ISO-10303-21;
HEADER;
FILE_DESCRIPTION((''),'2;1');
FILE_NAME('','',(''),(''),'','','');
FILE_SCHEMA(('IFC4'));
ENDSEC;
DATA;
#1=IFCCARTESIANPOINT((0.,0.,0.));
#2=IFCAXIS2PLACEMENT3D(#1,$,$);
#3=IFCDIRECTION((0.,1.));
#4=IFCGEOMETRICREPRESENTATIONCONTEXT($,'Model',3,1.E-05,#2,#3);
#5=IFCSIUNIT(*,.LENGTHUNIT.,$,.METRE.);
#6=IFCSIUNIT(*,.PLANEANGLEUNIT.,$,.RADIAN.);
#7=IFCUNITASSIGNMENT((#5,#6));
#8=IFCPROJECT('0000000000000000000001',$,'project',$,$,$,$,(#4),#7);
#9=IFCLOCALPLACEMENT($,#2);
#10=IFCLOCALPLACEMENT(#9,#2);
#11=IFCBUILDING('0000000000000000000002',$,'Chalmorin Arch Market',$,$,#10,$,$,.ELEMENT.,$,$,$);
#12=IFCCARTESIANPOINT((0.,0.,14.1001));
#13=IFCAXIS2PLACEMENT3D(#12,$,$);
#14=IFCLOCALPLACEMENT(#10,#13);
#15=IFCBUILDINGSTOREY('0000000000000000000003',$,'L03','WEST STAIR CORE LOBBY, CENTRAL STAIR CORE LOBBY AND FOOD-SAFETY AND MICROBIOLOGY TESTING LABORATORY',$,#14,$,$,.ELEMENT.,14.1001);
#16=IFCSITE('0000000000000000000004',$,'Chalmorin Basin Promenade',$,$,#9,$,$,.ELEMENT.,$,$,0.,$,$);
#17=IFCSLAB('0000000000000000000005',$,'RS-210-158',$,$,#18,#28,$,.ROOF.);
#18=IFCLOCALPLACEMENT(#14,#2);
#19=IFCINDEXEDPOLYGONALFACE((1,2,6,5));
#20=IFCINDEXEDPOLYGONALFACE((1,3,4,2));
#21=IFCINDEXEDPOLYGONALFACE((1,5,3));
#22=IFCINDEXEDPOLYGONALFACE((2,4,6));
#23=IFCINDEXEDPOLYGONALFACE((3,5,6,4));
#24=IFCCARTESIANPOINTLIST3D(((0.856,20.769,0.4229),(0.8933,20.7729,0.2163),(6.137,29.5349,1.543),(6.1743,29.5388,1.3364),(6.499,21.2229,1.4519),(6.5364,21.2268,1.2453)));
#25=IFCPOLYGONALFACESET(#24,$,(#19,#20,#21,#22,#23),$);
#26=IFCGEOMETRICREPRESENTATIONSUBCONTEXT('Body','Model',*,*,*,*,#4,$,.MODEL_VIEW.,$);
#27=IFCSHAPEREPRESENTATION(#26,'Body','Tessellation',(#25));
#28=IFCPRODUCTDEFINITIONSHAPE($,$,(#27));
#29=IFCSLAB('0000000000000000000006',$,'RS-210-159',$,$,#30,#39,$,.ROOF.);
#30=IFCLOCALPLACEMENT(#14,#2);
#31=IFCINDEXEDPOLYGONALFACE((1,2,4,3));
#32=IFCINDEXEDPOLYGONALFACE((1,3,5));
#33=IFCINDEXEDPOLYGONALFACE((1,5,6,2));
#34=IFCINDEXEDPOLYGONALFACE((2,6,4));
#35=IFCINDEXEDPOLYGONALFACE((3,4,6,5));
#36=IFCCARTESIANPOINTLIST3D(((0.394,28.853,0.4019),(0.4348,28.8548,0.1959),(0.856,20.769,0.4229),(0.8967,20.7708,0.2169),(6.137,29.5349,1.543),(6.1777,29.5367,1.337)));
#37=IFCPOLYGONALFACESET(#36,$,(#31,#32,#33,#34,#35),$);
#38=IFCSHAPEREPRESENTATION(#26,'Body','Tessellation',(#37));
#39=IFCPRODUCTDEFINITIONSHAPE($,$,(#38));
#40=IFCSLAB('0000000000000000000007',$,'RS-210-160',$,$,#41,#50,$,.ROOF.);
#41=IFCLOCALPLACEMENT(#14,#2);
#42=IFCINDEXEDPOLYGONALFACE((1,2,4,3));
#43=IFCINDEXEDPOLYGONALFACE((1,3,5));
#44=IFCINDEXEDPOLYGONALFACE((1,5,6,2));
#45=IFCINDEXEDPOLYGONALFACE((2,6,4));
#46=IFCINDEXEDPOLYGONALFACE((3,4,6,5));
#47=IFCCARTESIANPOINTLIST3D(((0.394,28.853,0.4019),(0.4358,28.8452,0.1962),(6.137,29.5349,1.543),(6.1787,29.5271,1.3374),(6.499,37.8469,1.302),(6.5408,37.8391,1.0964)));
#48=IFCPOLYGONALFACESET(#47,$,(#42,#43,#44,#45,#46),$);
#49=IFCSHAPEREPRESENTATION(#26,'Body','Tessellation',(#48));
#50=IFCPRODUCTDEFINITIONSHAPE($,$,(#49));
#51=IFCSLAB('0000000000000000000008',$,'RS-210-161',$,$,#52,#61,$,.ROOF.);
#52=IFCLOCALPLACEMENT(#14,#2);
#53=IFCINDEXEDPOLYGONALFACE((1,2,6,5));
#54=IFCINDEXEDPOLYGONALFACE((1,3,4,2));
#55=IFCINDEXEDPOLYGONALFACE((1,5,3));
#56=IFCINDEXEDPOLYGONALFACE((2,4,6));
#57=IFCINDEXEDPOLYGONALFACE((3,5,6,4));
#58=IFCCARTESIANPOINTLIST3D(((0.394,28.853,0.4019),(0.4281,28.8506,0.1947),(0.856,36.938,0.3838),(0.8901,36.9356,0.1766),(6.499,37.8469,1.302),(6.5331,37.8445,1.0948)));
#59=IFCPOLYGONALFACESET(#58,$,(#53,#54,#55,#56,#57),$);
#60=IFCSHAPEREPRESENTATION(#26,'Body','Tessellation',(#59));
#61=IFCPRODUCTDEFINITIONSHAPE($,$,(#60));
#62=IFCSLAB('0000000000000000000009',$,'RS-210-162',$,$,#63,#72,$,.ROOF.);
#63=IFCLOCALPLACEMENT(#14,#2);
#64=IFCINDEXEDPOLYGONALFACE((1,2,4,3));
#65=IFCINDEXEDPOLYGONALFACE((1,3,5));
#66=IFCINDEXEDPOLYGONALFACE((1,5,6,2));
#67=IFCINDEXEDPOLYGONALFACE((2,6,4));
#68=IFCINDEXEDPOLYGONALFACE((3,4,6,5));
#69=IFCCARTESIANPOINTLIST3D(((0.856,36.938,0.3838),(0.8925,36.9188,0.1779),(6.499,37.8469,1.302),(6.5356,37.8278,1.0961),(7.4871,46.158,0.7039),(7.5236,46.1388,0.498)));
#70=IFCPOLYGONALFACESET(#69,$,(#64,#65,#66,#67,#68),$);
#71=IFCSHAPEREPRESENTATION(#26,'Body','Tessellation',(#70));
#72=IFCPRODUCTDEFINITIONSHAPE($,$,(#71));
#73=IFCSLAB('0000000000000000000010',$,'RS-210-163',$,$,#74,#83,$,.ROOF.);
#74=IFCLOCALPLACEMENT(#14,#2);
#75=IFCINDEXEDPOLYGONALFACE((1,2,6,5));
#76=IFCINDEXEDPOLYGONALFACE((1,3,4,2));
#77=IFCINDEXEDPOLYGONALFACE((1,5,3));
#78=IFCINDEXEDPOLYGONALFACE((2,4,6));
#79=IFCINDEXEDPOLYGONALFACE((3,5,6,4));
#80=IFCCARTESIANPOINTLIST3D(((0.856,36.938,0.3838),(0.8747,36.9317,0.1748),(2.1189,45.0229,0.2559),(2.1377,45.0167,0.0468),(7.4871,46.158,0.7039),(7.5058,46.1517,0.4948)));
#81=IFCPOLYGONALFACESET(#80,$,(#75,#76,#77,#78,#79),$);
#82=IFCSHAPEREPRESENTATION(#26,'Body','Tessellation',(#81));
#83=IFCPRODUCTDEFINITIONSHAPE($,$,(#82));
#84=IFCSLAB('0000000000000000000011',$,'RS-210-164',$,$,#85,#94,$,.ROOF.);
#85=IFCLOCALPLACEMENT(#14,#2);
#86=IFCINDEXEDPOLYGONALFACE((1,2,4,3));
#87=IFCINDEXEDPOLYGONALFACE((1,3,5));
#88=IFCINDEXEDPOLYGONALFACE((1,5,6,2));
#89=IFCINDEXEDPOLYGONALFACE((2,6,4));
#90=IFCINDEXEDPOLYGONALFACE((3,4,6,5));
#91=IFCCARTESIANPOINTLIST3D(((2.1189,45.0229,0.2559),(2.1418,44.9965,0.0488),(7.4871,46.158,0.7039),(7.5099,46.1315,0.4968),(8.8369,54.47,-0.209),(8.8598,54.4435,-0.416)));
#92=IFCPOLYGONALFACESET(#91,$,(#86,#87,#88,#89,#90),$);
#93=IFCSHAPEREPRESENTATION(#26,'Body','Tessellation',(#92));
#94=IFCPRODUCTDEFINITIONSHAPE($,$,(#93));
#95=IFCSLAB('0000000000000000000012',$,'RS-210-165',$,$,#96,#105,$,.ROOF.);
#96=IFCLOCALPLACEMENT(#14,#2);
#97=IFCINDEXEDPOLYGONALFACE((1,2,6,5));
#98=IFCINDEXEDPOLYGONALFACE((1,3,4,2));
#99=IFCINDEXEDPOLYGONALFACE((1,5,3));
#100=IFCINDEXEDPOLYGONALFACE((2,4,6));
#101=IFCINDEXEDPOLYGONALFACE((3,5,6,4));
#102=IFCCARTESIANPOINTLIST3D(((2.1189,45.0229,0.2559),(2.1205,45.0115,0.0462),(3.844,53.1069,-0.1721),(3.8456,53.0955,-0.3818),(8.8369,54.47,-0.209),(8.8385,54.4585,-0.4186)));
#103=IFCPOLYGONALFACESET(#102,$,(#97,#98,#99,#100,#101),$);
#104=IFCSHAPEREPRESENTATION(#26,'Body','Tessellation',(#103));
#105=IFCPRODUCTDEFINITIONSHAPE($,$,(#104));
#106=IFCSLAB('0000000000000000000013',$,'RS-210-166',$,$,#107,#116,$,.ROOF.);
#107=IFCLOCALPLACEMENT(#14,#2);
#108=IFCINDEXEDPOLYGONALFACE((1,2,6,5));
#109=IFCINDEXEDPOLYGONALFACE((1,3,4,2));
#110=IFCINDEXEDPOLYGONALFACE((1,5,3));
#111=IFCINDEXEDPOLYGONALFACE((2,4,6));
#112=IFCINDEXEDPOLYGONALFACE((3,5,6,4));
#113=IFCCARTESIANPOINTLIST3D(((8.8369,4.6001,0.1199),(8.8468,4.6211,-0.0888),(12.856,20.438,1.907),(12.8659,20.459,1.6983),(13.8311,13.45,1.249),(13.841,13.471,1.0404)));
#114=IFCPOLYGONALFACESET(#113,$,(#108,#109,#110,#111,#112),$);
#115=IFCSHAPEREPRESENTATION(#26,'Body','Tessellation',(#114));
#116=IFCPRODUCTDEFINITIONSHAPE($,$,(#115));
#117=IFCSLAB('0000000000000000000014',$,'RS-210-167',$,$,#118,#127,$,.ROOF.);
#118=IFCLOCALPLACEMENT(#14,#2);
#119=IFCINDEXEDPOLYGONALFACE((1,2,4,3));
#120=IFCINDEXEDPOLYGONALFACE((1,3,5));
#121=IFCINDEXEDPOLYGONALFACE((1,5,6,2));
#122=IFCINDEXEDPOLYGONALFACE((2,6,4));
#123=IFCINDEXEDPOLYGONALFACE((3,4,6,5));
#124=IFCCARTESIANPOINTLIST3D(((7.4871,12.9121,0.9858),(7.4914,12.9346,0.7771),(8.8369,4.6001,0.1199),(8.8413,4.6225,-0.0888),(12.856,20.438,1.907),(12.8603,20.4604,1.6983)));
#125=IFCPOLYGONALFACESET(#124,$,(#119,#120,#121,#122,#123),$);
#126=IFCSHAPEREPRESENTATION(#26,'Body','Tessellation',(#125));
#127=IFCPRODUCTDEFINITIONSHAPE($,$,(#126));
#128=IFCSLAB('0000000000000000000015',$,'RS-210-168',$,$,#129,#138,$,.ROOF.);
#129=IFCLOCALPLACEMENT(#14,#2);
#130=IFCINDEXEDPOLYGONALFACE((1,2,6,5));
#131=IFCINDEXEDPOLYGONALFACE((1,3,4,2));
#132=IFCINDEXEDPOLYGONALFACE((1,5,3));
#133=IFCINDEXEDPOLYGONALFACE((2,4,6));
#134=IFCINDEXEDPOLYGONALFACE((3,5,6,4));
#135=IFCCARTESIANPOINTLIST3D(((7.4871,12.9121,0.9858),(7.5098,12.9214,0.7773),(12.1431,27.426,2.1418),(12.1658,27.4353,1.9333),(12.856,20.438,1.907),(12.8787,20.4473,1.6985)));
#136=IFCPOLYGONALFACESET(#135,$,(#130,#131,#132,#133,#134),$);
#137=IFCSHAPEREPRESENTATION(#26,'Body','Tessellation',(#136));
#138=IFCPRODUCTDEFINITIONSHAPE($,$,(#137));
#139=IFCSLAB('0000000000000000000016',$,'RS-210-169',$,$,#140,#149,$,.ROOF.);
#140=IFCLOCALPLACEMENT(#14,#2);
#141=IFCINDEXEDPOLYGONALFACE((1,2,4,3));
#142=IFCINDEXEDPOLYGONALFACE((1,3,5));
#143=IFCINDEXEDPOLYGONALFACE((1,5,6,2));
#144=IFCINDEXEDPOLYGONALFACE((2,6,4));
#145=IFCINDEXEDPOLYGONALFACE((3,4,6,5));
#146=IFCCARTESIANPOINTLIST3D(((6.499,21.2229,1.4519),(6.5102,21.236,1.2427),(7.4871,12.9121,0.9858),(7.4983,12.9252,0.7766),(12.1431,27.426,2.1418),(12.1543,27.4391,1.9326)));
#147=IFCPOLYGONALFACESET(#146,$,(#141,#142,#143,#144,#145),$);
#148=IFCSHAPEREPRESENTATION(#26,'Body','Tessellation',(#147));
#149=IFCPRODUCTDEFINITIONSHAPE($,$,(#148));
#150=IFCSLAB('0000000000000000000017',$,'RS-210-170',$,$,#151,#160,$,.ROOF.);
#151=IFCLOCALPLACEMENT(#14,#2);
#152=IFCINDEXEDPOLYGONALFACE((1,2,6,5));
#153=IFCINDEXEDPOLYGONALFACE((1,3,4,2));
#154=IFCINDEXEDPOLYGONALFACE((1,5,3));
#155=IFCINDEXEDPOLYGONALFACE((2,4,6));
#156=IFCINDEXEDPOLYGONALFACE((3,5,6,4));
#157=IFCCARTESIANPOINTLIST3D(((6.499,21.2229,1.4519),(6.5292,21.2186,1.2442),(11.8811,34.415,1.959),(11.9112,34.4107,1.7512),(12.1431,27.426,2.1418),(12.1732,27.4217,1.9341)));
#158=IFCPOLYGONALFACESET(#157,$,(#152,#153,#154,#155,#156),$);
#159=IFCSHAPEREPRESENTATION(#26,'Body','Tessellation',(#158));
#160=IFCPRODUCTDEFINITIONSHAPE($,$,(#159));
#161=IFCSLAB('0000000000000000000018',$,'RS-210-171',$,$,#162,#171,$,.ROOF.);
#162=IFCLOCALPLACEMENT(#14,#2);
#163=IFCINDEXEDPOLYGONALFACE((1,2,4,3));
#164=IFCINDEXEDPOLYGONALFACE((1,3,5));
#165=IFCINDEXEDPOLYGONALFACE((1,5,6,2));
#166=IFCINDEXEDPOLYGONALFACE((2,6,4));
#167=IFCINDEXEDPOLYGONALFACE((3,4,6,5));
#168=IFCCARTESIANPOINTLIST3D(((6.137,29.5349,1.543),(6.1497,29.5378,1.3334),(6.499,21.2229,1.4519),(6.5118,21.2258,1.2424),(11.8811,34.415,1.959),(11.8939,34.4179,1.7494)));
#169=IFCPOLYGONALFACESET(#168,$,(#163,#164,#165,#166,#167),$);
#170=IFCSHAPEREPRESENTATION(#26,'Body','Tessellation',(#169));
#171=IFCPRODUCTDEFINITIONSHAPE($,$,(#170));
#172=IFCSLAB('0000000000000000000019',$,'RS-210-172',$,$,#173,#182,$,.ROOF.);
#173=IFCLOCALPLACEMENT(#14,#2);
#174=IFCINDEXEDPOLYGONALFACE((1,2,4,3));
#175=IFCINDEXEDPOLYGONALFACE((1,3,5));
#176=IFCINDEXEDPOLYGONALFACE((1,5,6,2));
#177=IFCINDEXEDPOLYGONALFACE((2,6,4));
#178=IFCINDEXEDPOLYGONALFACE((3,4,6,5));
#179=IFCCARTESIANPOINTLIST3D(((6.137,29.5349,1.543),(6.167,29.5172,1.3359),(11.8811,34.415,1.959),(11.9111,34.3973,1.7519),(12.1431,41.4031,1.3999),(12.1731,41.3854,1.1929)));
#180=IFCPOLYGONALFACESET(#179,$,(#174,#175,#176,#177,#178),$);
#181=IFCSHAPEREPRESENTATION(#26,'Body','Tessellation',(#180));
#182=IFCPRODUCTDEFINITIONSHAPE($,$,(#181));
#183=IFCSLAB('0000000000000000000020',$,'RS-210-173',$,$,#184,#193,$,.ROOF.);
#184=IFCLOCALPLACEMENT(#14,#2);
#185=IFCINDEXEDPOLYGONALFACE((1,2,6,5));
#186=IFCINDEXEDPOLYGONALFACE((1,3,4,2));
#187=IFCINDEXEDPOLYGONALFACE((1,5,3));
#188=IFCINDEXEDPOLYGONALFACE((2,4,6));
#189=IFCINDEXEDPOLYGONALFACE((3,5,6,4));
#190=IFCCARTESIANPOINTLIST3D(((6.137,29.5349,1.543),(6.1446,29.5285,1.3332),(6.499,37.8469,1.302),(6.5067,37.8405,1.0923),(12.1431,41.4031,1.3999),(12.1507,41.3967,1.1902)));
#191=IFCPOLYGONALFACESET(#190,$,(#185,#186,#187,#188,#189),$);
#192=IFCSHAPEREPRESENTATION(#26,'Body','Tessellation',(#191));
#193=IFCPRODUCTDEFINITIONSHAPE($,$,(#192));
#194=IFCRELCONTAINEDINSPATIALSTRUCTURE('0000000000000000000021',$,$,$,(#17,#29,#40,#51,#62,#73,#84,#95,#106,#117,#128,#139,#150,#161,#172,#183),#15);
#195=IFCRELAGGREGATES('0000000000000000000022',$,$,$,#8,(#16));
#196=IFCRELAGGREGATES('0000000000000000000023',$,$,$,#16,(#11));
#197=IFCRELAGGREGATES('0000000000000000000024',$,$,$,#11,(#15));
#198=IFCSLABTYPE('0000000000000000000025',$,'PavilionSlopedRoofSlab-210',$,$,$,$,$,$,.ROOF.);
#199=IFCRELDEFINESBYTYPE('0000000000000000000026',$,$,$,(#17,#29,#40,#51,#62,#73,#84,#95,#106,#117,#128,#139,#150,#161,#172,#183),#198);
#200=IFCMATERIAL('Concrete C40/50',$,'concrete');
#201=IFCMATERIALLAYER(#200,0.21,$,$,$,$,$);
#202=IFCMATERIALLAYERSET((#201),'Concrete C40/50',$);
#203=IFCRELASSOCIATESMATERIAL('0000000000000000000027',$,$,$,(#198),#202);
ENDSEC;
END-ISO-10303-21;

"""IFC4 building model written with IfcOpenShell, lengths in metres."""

from ifc_helpers import new_model, si_unit, direction, frame, origin, place, context, subcontext, project, spatial, polyline, outline, extrude, material, layer, layer_set, type_object, element, save


model = new_model("IFC4")

# Units and contexts
model_context = context("Model", 3, precision=1e-05, world=origin(), true_north=direction((0.0, 1.0)))
body_context = subcontext(model_context, "Body", "Model", "MODEL_VIEW")
ifc_project = project(units=[si_unit("LENGTHUNIT", "METRE"), si_unit("PLANEANGLEUNIT", "RADIAN")], contexts=[model_context])

# Site, building, storey
site_placement = place(None, origin())
site = spatial("IfcSite", under=ifc_project, at=site_placement, Name="Chalmorin Basin Promenade", CompositionType="ELEMENT", RefElevation=0.0)
building_placement = place(site_placement, origin())
building = spatial("IfcBuilding", under=site, at=building_placement, Name="Chalmorin Arch Market", CompositionType="ELEMENT")
storey_placement = place(building_placement, frame((0.0, 0.0, 14.1001)))
storey = spatial("IfcBuildingStorey", under=building, at=storey_placement, Name="L03", Description="WEST STAIR CORE LOBBY, CENTRAL STAIR CORE LOBBY AND FOOD-SAFETY AND MICROBIOLOGY TESTING LABORATORY", CompositionType="ELEMENT", Elevation=14.1001)

# Slabs
ifc_material_1 = material(Name="Concrete C40/50", Category="concrete")
ifc_layer_1 = layer(ifc_material_1, 0.21)
ifc_layer_set_1 = layer_set([ifc_layer_1], Name="Concrete C40/50")
slab_type = type_object("IfcSlabType", Name="PavilionSlopedRoofSlab-210", PredefinedType="ROOF", material=ifc_layer_set_1)
slab_1_placement = place(storey_placement, frame((0.856, 20.769, 0.4229), z_axis=(-0.177925, -0.018529, 0.98387), x_axis=(0.980711, 0.078876, 0.17884)))
element("IfcSlab", 1, at=slab_1_placement, inside=storey, type_object=slab_type, Name="RS-210-158", PredefinedType="ROOF", context=body_context, shape_type="SweptSolid", body=[
    extrude(outline(polyline([(0.0, 0.0), (5.7541, 0.0), (6.0709, 8.3144), (0.0, 0.0)])), origin(), (0.0, 0.0, -1.0), 0.21),
])
slab_2_placement = place(storey_placement, frame((0.856, 20.769, 0.4229), z_axis=(-0.193907, -0.008532, 0.980983), x_axis=(0.512975, 0.85148, 0.108804)))
element("IfcSlab", 2, at=slab_2_placement, inside=storey, type_object=slab_type, Name="RS-210-159", PredefinedType="ROOF", context=body_context, shape_type="SweptSolid", body=[
    extrude(outline(polyline([(0.0, 0.0), (10.2949, 0.0), (6.6441, 4.6282), (0.0, 0.0)])), origin(), (0.0, 0.0, -1.0), 0.21),
])
slab_3_placement = place(storey_placement, frame((0.394, 28.853, 0.4019), z_axis=(-0.198986, 0.037058, 0.979301), x_axis=(0.974241, 0.115676, 0.193581)))
element("IfcSlab", 3, at=slab_3_placement, inside=storey, type_object=slab_type, Name="RS-210-160", PredefinedType="ROOF", context=body_context, shape_type="SweptSolid", body=[
    extrude(outline(polyline([(0.0, 0.0), (5.8948, 0.0), (7.1624, 8.2263), (0.0, 0.0)])), origin(), (0.0, 0.0, -1.0), 0.21),
])
slab_4_placement = place(storey_placement, frame((0.394, 28.853, 0.4019), z_axis=(-0.162394, 0.011483, 0.986659), x_axis=(0.55971, 0.824569, 0.082526)))
element("IfcSlab", 4, at=slab_4_placement, inside=storey, type_object=slab_type, Name="RS-210-161", PredefinedType="ROOF", context=body_context, shape_type="SweptSolid", body=[
    extrude(outline(polyline([(0.0, 0.0), (10.9074, 0.0), (6.9237, 4.2004), (0.0, 0.0)])), origin(), (0.0, 0.0, -1.0), 0.21),
])
slab_5_placement = place(storey_placement, frame((0.856, 36.938, 0.3838), z_axis=(-0.174239, 0.091278, 0.980464), x_axis=(0.974777, 0.157009, 0.158611)))
element("IfcSlab", 5, at=slab_5_placement, inside=storey, type_object=slab_type, Name="RS-210-162", PredefinedType="ROOF", context=body_context, shape_type="SweptSolid", body=[
    extrude(outline(polyline([(0.0, 0.0), (5.7891, 0.0), (7.9622, 8.1046), (0.0, 0.0)])), origin(), (0.0, 0.0, -1.0), 0.21),
])
slab_6_placement = place(storey_placement, frame((0.856, 36.938, 0.3838), z_axis=(-0.089366, 0.029713, 0.995556), x_axis=(0.583651, 0.811516, 0.028172)))
element("IfcSlab", 6, at=slab_6_placement, inside=storey, type_object=slab_type, Name="RS-210-163", PredefinedType="ROOF", context=body_context, shape_type="SweptSolid", body=[
    extrude(outline(polyline([(0.0, 0.0), (11.3614, 0.0), (7.2946, 3.7104), (0.0, 0.0)])), origin(), (0.0, 0.0, -1.0), 0.21),
])
slab_7_placement = place(storey_placement, frame((2.1189, 45.0229, 0.2559), z_axis=(-0.108925, 0.125978, 0.986035), x_axis=(0.975125, 0.206174, 0.081379)))
element("IfcSlab", 7, at=slab_7_placement, inside=storey, type_object=slab_type, Name="RS-210-164", PredefinedType="ROOF", context=body_context, shape_type="SweptSolid", body=[
    extrude(outline(polyline([(0.0, 0.0), (5.5051, 0.0), (8.4608, 7.9378), (0.0, 0.0)])), origin(), (0.0, 0.0, -1.0), 0.21),
])
slab_8_placement = place(storey_placement, frame((2.1189, 45.0229, 0.2559), z_axis=(-0.007495, 0.054461, 0.998488), x_axis=(0.579066, 0.814295, -0.040068)))
element("IfcSlab", 8, at=slab_8_placement, inside=storey, type_object=slab_type, Name="RS-210-165", PredefinedType="ROOF", context=body_context, shape_type="SweptSolid", body=[
    extrude(outline(polyline([(0.0, 0.0), (11.6015, 0.0), (7.5988, 3.2814), (0.0, 0.0)])), origin(), (0.0, 0.0, -1.0), 0.21),
])
slab_9_placement = place(storey_placement, frame((8.8369, 4.6001, 0.1199), z_axis=(-0.04721, -0.100164, 0.99385), x_axis=(0.488458, 0.865571, 0.110438)))
element("IfcSlab", 9, at=slab_9_placement, inside=storey, type_object=slab_type, Name="RS-210-166", PredefinedType="ROOF", context=body_context, shape_type="SweptSolid", body=[
    extrude(outline(polyline([(0.0, 0.0), (10.2243, 0.0), (15.8693, 4.2837), (0.0, 0.0)])), origin(), (0.0, 0.0, -1.0), 0.21),
])
slab_10_placement = place(storey_placement, frame((8.8369, 4.6001, 0.1199), z_axis=(-0.020674, -0.10692, 0.994053), x_axis=(0.244507, 0.963533, 0.108723)))
element("IfcSlab", 10, at=slab_10_placement, inside=storey, type_object=slab_type, Name="RS-210-167", PredefinedType="ROOF", context=body_context, shape_type="SweptSolid", body=[
    extrude(outline(polyline([(0.0, 0.0), (16.4373, 0.0), (7.773, 3.3529), (0.0, 0.0)])), origin(), (0.0, 0.0, -1.0), 0.21),
])
slab_11_placement = place(storey_placement, frame((7.4871, 12.9121, 0.9858), z_axis=(-0.108141, -0.044411, 0.993143), x_axis=(0.577894, 0.810066, 0.099149)))
element("IfcSlab", 11, at=slab_11_placement, inside=storey, type_object=slab_type, Name="RS-210-168", PredefinedType="ROOF", context=body_context, shape_type="SweptSolid", body=[
    extrude(outline(polyline([(0.0, 0.0), (9.2904, 0.0), (14.5625, 4.6477), (0.0, 0.0)])), origin(), (0.0, 0.0, -1.0), 0.21),
])
slab_12_placement = place(storey_placement, frame((7.4871, 12.9121, 0.9858), z_axis=(-0.053423, -0.062242, 0.99663), x_axis=(0.304588, 0.949477, 0.075624)))
element("IfcSlab", 12, at=slab_12_placement, inside=storey, type_object=slab_type, Name="RS-210-169", PredefinedType="ROOF", context=body_context, shape_type="SweptSolid", body=[
    extrude(outline(polyline([(0.0, 0.0), (15.2862, 0.0), (7.6252, 3.4812), (0.0, 0.0)])), origin(), (0.0, 0.0, -1.0), 0.21),
])
slab_13_placement = place(storey_placement, frame((6.499, 21.2229, 1.4519), z_axis=(-0.143492, 0.020509, 0.989439), x_axis=(0.670723, 0.737163, 0.081991)))
element("IfcSlab", 13, at=slab_13_placement, inside=storey, type_object=slab_type, Name="RS-210-170", PredefinedType="ROOF", context=body_context, shape_type="SweptSolid", body=[
    extrude(outline(polyline([(0.0, 0.0), (8.4149, 0.0), (13.3762, 4.9329), (0.0, 0.0)])), origin(), (0.0, 0.0, -1.0), 0.21),
])
slab_14_placement = place(storey_placement, frame((6.499, 21.2229, 1.4519), z_axis=(-0.060746, -0.013581, 0.998061), x_axis=(0.37751, 0.925322, 0.035568)))
element("IfcSlab", 14, at=slab_14_placement, inside=storey, type_object=slab_type, Name="RS-210-171", PredefinedType="ROOF", context=body_context, shape_type="SweptSolid", body=[
    extrude(outline(polyline([(0.0, 0.0), (14.2568, 0.0), (7.5578, 3.4796), (0.0, 0.0)])), origin(), (0.0, 0.0, -1.0), 0.21),
])
slab_15_placement = place(storey_placement, frame((6.137, 29.5349, 1.543), z_axis=(-0.143003, 0.084257, 0.986129), x_axis=(0.760938, 0.64648, 0.05511)))
element("IfcSlab", 15, at=slab_15_placement, inside=storey, type_object=slab_type, Name="RS-210-172", PredefinedType="ROOF", context=body_context, shape_type="SweptSolid", body=[
    extrude(outline(polyline([(0.0, 0.0), (7.5488, 0.0), (12.2349, 5.2205), (0.0, 0.0)])), origin(), (0.0, 0.0, -1.0), 0.21),
])
slab_16_placement = place(storey_placement, frame((6.137, 29.5349, 1.543), z_axis=(-0.036575, 0.03055, 0.998864), x_axis=(0.451514, 0.892199, -0.010755)))
element("IfcSlab", 16, at=slab_16_placement, inside=storey, type_object=slab_type, Name="RS-210-173", PredefinedType="ROOF", context=body_context, shape_type="SweptSolid", body=[
    extrude(outline(polyline([(0.0, 0.0), (13.3021, 0.0), (7.582, 3.4339), (0.0, 0.0)])), origin(), (0.0, 0.0, -1.0), 0.21),
])

save(model, "model.ifc")
